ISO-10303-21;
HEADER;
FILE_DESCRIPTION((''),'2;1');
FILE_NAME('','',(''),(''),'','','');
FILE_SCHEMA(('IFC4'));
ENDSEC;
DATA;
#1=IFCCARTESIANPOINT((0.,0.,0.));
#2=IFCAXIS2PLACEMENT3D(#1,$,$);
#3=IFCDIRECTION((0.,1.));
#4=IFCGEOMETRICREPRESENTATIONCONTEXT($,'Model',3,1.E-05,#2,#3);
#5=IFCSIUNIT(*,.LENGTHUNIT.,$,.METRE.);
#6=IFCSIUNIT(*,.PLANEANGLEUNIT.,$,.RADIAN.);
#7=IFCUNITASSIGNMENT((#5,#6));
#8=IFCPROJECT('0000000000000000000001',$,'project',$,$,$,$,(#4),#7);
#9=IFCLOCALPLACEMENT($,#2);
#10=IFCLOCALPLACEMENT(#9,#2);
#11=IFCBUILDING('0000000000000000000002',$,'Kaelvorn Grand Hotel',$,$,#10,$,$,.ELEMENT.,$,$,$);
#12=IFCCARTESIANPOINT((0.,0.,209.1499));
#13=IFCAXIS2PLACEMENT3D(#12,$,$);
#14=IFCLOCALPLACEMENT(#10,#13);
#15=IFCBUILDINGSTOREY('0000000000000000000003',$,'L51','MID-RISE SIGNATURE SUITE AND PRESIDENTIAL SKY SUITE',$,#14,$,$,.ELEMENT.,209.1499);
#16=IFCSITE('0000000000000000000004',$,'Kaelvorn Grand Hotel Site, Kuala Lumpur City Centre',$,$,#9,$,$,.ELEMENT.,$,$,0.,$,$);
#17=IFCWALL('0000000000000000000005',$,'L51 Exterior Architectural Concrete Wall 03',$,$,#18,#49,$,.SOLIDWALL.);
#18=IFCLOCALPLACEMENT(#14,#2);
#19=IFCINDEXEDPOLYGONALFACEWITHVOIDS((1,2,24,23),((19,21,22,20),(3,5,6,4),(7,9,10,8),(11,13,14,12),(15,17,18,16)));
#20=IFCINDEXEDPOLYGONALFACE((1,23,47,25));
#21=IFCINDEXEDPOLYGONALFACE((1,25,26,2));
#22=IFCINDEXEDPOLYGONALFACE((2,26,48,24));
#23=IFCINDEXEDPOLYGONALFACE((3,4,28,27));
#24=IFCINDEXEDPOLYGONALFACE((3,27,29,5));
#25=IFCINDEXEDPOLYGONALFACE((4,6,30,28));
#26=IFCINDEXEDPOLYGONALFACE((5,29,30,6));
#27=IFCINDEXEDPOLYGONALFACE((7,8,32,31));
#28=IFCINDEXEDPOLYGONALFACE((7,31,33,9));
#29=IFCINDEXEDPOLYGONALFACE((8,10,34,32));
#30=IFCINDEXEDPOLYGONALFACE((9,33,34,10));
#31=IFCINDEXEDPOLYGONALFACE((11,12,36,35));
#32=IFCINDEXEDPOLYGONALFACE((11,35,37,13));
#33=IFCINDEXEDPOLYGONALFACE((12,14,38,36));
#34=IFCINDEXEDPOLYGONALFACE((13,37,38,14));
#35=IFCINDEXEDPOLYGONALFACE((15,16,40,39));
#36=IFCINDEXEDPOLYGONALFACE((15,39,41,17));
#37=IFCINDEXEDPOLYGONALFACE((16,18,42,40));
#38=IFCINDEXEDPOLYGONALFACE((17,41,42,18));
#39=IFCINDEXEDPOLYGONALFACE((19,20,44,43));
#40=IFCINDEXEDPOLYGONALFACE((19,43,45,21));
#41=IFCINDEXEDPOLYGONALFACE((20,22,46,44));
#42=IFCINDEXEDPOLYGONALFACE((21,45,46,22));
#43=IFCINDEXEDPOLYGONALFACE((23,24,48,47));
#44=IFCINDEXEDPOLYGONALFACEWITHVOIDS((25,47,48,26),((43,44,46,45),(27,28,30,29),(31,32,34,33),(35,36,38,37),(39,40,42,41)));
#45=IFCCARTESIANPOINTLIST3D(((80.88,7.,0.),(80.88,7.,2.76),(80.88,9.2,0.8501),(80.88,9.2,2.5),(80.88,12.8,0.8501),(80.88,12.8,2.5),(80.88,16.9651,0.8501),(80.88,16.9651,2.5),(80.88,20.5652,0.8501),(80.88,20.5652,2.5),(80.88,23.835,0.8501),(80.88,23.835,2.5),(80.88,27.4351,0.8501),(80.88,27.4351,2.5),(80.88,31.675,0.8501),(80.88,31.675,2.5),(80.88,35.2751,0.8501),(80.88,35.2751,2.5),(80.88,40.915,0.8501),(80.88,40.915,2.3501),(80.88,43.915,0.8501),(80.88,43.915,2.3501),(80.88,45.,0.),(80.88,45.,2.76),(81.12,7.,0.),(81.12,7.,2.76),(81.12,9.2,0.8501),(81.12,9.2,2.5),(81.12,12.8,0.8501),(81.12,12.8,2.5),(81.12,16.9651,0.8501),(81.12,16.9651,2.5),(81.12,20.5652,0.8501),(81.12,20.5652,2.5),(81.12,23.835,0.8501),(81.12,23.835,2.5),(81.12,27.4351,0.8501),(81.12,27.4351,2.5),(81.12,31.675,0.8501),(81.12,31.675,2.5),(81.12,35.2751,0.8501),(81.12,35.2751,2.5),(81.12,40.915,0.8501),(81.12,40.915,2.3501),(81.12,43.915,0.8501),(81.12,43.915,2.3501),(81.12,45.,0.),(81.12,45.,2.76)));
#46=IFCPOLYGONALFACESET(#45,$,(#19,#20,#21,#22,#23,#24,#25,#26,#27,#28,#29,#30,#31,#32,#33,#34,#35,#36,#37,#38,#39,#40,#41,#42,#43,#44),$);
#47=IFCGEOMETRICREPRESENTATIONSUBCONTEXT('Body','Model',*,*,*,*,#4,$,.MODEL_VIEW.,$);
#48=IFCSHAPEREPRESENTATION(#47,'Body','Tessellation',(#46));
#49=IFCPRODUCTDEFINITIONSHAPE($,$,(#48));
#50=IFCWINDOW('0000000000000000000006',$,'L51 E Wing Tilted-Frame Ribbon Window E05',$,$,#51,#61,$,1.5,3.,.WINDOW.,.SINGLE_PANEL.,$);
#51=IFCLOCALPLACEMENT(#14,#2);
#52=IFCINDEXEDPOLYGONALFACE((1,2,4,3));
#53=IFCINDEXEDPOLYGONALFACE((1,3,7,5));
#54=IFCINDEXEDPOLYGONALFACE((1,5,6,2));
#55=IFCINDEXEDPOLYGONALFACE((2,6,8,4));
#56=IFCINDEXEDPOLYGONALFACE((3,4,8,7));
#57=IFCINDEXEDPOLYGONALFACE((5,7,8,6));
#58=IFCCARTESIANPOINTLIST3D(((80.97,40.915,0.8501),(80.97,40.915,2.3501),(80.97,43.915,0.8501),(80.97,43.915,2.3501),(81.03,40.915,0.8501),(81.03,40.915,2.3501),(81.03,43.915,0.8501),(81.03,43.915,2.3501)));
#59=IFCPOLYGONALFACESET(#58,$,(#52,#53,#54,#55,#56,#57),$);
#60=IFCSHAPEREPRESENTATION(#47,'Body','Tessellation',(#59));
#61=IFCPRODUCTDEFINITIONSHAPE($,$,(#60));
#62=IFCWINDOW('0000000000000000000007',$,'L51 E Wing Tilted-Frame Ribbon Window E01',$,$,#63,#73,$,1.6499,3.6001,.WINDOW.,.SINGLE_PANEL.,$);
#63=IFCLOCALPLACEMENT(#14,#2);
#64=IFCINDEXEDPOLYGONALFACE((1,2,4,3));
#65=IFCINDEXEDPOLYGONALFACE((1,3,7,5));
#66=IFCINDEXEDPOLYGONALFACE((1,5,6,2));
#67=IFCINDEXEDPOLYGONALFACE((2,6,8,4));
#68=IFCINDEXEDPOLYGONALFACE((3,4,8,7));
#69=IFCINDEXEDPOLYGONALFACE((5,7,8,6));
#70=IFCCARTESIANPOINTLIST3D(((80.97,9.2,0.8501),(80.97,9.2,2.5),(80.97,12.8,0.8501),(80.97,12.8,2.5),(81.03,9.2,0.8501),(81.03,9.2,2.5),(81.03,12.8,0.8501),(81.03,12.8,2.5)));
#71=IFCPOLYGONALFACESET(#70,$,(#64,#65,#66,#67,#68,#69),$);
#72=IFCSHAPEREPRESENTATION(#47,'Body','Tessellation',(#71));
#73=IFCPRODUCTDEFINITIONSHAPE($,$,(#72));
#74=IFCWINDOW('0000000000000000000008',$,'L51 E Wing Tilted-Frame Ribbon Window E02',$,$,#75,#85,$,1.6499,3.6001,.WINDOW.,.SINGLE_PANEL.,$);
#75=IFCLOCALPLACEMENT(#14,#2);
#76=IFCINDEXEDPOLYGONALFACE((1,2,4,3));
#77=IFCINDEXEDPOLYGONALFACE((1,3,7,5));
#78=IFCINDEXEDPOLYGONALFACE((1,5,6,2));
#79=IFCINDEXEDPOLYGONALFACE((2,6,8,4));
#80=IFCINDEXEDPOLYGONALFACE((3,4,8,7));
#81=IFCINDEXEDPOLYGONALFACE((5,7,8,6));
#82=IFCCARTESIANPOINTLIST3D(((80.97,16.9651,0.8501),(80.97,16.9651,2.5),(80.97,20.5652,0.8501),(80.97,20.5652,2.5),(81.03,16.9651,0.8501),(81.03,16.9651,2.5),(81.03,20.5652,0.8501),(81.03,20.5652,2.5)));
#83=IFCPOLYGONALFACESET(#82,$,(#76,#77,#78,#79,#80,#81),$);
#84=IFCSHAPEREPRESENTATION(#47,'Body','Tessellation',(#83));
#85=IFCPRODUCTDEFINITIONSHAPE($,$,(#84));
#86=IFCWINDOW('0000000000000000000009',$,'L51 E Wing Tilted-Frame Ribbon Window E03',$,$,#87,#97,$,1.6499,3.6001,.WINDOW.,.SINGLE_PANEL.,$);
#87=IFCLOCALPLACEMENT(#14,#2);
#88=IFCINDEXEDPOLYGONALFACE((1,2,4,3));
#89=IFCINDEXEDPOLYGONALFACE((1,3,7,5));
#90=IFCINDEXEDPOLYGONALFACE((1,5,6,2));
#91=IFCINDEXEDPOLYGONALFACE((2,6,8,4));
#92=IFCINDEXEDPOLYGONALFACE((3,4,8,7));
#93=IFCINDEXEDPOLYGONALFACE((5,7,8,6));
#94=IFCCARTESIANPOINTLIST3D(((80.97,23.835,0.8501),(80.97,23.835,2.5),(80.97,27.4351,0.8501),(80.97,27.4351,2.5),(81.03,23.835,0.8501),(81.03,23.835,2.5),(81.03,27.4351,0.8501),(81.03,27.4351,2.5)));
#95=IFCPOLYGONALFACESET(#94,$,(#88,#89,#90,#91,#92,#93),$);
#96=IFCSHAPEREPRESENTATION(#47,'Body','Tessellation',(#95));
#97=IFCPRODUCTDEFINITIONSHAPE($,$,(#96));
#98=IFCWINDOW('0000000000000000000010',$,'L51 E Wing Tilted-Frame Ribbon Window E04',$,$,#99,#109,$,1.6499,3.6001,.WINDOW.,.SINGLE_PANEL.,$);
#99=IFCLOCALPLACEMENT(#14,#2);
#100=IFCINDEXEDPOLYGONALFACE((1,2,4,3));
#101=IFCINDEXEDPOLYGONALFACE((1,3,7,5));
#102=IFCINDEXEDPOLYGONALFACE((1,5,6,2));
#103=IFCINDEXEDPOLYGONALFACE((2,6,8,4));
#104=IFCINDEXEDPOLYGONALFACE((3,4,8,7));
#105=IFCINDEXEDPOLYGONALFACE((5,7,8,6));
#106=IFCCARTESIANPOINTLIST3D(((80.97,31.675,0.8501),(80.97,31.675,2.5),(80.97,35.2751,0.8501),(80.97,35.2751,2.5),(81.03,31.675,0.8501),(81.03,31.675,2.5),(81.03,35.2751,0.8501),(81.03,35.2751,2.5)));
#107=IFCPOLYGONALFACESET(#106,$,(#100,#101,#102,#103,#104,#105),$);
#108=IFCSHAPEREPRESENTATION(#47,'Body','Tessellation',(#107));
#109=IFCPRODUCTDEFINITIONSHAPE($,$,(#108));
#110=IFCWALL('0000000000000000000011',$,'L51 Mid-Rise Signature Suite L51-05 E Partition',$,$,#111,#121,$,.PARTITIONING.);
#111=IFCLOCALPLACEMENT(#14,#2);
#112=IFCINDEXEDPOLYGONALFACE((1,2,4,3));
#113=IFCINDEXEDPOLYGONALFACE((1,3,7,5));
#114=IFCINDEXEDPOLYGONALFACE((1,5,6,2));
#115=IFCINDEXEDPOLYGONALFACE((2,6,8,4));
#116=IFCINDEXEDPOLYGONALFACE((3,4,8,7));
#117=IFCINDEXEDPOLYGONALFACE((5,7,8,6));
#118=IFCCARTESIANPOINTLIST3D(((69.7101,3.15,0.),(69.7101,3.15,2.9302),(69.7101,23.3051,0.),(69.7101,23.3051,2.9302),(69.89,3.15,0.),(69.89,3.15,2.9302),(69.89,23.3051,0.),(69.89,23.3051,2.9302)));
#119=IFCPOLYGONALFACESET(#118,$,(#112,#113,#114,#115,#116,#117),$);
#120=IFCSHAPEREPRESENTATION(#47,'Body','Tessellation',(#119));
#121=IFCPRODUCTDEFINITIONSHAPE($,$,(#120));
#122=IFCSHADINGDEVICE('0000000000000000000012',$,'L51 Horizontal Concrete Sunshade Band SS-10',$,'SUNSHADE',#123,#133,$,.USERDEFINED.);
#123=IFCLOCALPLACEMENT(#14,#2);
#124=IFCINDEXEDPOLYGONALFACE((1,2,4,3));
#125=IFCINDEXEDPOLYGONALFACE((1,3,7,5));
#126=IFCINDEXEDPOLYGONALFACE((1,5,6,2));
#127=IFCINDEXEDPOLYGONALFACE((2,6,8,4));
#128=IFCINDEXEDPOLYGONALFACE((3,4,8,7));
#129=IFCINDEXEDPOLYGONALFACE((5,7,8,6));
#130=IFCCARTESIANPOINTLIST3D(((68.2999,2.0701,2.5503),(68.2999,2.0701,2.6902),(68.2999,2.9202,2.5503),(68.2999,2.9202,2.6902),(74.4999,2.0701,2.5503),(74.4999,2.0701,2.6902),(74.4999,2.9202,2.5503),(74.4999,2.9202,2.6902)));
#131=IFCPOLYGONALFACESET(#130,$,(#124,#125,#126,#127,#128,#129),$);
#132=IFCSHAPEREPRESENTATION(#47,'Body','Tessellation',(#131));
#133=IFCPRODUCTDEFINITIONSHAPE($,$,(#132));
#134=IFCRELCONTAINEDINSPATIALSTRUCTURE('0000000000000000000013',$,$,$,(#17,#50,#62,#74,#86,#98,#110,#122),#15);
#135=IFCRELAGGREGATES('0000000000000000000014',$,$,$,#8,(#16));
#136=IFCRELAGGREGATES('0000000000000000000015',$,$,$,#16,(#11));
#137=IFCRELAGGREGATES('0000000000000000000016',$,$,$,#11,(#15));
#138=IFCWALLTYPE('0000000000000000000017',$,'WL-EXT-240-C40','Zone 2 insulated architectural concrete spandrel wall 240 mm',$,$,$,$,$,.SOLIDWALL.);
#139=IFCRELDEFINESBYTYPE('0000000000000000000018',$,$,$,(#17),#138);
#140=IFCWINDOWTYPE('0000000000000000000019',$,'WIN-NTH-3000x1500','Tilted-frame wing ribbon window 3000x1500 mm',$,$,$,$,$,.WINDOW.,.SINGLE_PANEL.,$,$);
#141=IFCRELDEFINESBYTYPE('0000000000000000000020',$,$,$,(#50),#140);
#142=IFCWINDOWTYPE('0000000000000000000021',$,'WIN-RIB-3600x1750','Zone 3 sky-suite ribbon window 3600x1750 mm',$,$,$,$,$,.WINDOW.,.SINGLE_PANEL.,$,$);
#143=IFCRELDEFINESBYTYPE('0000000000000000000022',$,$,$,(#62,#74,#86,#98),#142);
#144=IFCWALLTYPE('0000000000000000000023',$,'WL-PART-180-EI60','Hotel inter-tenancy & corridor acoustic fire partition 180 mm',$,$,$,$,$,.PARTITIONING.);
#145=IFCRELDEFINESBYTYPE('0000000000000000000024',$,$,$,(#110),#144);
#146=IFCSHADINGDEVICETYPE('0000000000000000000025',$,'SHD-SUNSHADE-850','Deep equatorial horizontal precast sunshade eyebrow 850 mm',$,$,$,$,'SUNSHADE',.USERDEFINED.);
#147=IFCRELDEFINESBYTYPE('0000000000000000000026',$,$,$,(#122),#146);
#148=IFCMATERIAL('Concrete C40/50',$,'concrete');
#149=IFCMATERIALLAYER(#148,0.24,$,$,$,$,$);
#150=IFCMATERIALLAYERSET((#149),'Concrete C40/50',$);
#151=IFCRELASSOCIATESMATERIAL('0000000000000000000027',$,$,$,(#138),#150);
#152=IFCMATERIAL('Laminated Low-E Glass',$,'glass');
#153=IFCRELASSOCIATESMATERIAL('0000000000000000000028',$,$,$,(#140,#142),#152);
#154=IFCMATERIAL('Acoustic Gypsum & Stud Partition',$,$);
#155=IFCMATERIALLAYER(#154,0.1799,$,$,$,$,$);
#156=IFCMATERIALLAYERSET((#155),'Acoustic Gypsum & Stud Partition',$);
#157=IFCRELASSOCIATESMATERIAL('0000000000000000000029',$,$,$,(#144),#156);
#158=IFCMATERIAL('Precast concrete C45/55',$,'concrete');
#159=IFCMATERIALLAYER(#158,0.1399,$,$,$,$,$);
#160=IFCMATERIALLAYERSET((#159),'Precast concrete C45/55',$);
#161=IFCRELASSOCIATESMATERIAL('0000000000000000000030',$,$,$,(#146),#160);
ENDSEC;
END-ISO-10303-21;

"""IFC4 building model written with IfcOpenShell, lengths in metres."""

from ifc_helpers import new_model, si_unit, direction, frame, frame_2d, origin, origin_2d, place, context, subcontext, project, spatial, rectangle, extrude, material, layer, layer_set, type_object, element, fill, save


model = new_model("IFC4")

# Units and contexts
model_context = context("Model", 3, precision=1e-05, world=origin(), true_north=direction((0.0, 1.0)))
body_context = subcontext(model_context, "Body", "Model", "MODEL_VIEW")
ifc_project = project(units=[si_unit("LENGTHUNIT", "METRE"), si_unit("PLANEANGLEUNIT", "RADIAN")], contexts=[model_context])

# Site, building, storey
site_placement = place(None, origin())
site = spatial("IfcSite", under=ifc_project, at=site_placement, Name="Kaelvorn Grand Hotel Site, Kuala Lumpur City Centre", CompositionType="ELEMENT", RefElevation=0.0)
building_placement = place(site_placement, origin())
building = spatial("IfcBuilding", under=site, at=building_placement, Name="Kaelvorn Grand Hotel", CompositionType="ELEMENT")
storey_placement = place(building_placement, frame((0.0, 0.0, 209.1499)))
storey = spatial("IfcBuildingStorey", under=building, at=storey_placement, Name="L51", Description="MID-RISE SIGNATURE SUITE AND PRESIDENTIAL SKY SUITE", CompositionType="ELEMENT", Elevation=209.1499)

# Shared definitions
ifc_material_1 = material(Name="Concrete C40/50", Category="concrete")

# Shared definitions
ifc_material_2 = material(Name="Precast concrete C45/55", Category="concrete")

# Shared definitions
ifc_layer_1 = layer(ifc_material_1, 0.24)
ifc_layer_set_1 = layer_set([ifc_layer_1], Name="Concrete C40/50")
wall_type_1 = type_object("IfcWallType", Name="WL-EXT-240-C40", Description="Zone 2 insulated architectural concrete spandrel wall 240 mm", PredefinedType="SOLIDWALL", material=ifc_layer_set_1)
ifc_material_3 = material(Name="Laminated Low-E Glass", Category="glass")

# Wall, openings, windows
wall_1_placement = place(storey_placement, frame((81.0, 7.0, 0.0), z_axis=(0.0, 0.0, 1.0), x_axis=(0.0, 1.0, 0.0)))
wall_1 = element("IfcWall", 1, at=wall_1_placement, inside=storey, type_object=wall_type_1, Name="L51 Exterior Architectural Concrete Wall 03", PredefinedType="SOLIDWALL", context=body_context, shape_type="SweptSolid", body=[
    extrude(rectangle(XDim=38.0, YDim=0.24, at=frame_2d((19.0, 0.0))), origin(), (0.0, 0.0, 1.0), 2.76),
])
opening_1_placement = place(wall_1_placement, frame((2.2, 0.0, 0.8501)))
opening_1 = element("IfcOpeningElement", 2, at=opening_1_placement, cuts=wall_1, PredefinedType="OPENING", context=body_context, shape_type="SweptSolid", body=[
    extrude(rectangle(XDim=3.6001, YDim=1.6499, at=frame_2d((1.8, 0.825))), frame((0.0, 0.1299, 0.0), z_axis=(0.0, -1.0, 0.0), x_axis=(1.0, 0.0, 0.0)), (0.0, 0.0, 1.0), 0.26),
])
opening_2_placement = place(wall_1_placement, frame((9.9651, 0.0, 0.8501)))
opening_2 = element("IfcOpeningElement", 3, at=opening_2_placement, cuts=wall_1, PredefinedType="OPENING", context=body_context, shape_type="SweptSolid", body=[
    extrude(rectangle(XDim=3.6001, YDim=1.6499, at=frame_2d((1.8, 0.825))), frame((0.0, 0.1299, 0.0), z_axis=(0.0, -1.0, 0.0), x_axis=(1.0, 0.0, 0.0)), (0.0, 0.0, 1.0), 0.26),
])
opening_3_placement = place(wall_1_placement, frame((16.835, 0.0, 0.8501)))
opening_3 = element("IfcOpeningElement", 4, at=opening_3_placement, cuts=wall_1, PredefinedType="OPENING", context=body_context, shape_type="SweptSolid", body=[
    extrude(rectangle(XDim=3.6001, YDim=1.6499, at=frame_2d((1.8, 0.825))), frame((0.0, 0.1299, 0.0), z_axis=(0.0, -1.0, 0.0), x_axis=(1.0, 0.0, 0.0)), (0.0, 0.0, 1.0), 0.26),
])
opening_4_placement = place(wall_1_placement, frame((24.675, 0.0, 0.8501)))
opening_4 = element("IfcOpeningElement", 5, at=opening_4_placement, cuts=wall_1, PredefinedType="OPENING", context=body_context, shape_type="SweptSolid", body=[
    extrude(rectangle(XDim=3.6001, YDim=1.6499, at=frame_2d((1.8, 0.825))), frame((0.0, 0.1299, 0.0), z_axis=(0.0, -1.0, 0.0), x_axis=(1.0, 0.0, 0.0)), (0.0, 0.0, 1.0), 0.26),
])
opening_5_placement = place(wall_1_placement, frame((33.915, 0.0, 0.8501)))
opening_5 = element("IfcOpeningElement", 6, at=opening_5_placement, cuts=wall_1, PredefinedType="OPENING", context=body_context, shape_type="SweptSolid", body=[
    extrude(rectangle(XDim=3.0, YDim=1.5, at=frame_2d((1.5, 0.75))), frame((0.0, 0.1299, 0.0), z_axis=(0.0, -1.0, 0.0), x_axis=(1.0, 0.0, 0.0)), (0.0, 0.0, 1.0), 0.26),
])
window_type_1 = type_object("IfcWindowType", Name="WIN-NTH-3000x1500", Description="Tilted-frame wing ribbon window 3000x1500 mm", PartitioningType="SINGLE_PANEL", PredefinedType="WINDOW", material=ifc_material_3)
window_1_placement = place(opening_5_placement, origin())
window_1 = element("IfcWindow", 7, at=window_1_placement, inside=storey, type_object=window_type_1, Name="L51 E Wing Tilted-Frame Ribbon Window E05", OverallHeight=1.5, OverallWidth=3.0, PartitioningType="SINGLE_PANEL", PredefinedType="WINDOW", context=body_context, shape_type="SweptSolid", body=[
    extrude(rectangle(XDim=3.0, YDim=1.5, at=frame_2d((1.5, 0.75))), frame((0.0, 0.03, 0.0), z_axis=(0.0, -1.0, 0.0), x_axis=(1.0, 0.0, 0.0)), (0.0, 0.0, 1.0), 0.0601),
])
fill(opening_5, window_1)
window_type_2 = type_object("IfcWindowType", Name="WIN-RIB-3600x1750", Description="Zone 3 sky-suite ribbon window 3600x1750 mm", PartitioningType="SINGLE_PANEL", PredefinedType="WINDOW", material=ifc_material_3)
window_2_placement = place(opening_1_placement, origin())
window_2 = element("IfcWindow", 8, at=window_2_placement, inside=storey, type_object=window_type_2, Name="L51 E Wing Tilted-Frame Ribbon Window E01", OverallHeight=1.6499, OverallWidth=3.6001, PartitioningType="SINGLE_PANEL", PredefinedType="WINDOW", context=body_context, shape_type="SweptSolid", body=[
    extrude(rectangle(XDim=3.6001, YDim=1.6499, at=frame_2d((1.8, 0.825))), frame((0.0, 0.03, 0.0), z_axis=(0.0, -1.0, 0.0), x_axis=(1.0, 0.0, 0.0)), (0.0, 0.0, 1.0), 0.0601),
])
fill(opening_1, window_2)
window_3_placement = place(opening_2_placement, origin())
window_3 = element("IfcWindow", 9, at=window_3_placement, inside=storey, type_object=window_type_2, Name="L51 E Wing Tilted-Frame Ribbon Window E02", OverallHeight=1.6499, OverallWidth=3.6001, PartitioningType="SINGLE_PANEL", PredefinedType="WINDOW", context=body_context, shape_type="SweptSolid", body=[
    extrude(rectangle(XDim=3.6001, YDim=1.6499, at=frame_2d((1.8, 0.825))), frame((0.0, 0.03, 0.0), z_axis=(0.0, -1.0, 0.0), x_axis=(1.0, 0.0, 0.0)), (0.0, 0.0, 1.0), 0.0601),
])
fill(opening_2, window_3)
window_4_placement = place(opening_3_placement, origin())
window_4 = element("IfcWindow", 10, at=window_4_placement, inside=storey, type_object=window_type_2, Name="L51 E Wing Tilted-Frame Ribbon Window E03", OverallHeight=1.6499, OverallWidth=3.6001, PartitioningType="SINGLE_PANEL", PredefinedType="WINDOW", context=body_context, shape_type="SweptSolid", body=[
    extrude(rectangle(XDim=3.6001, YDim=1.6499, at=frame_2d((1.8, 0.825))), frame((0.0, 0.03, 0.0), z_axis=(0.0, -1.0, 0.0), x_axis=(1.0, 0.0, 0.0)), (0.0, 0.0, 1.0), 0.0601),
])
fill(opening_3, window_4)
window_5_placement = place(opening_4_placement, origin())
window_5 = element("IfcWindow", 11, at=window_5_placement, inside=storey, type_object=window_type_2, Name="L51 E Wing Tilted-Frame Ribbon Window E04", OverallHeight=1.6499, OverallWidth=3.6001, PartitioningType="SINGLE_PANEL", PredefinedType="WINDOW", context=body_context, shape_type="SweptSolid", body=[
    extrude(rectangle(XDim=3.6001, YDim=1.6499, at=frame_2d((1.8, 0.825))), frame((0.0, 0.03, 0.0), z_axis=(0.0, -1.0, 0.0), x_axis=(1.0, 0.0, 0.0)), (0.0, 0.0, 1.0), 0.0601),
])
fill(opening_4, window_5)

# Wall
ifc_material_4 = material(Name="Acoustic Gypsum & Stud Partition")
ifc_layer_2 = layer(ifc_material_4, 0.1799)
ifc_layer_set_2 = layer_set([ifc_layer_2], Name="Acoustic Gypsum & Stud Partition")
wall_type_2 = type_object("IfcWallType", Name="WL-PART-180-EI60", Description="Hotel inter-tenancy & corridor acoustic fire partition 180 mm", PredefinedType="PARTITIONING", material=ifc_layer_set_2)
wall_2_placement = place(storey_placement, frame((69.8, 3.1499, 0.0), z_axis=(0.0, 0.0, 1.0), x_axis=(0.0, 1.0, 0.0)))
element("IfcWall", 12, at=wall_2_placement, inside=storey, type_object=wall_type_2, Name="L51 Mid-Rise Signature Suite L51-05 E Partition", PredefinedType="PARTITIONING", context=body_context, shape_type="SweptSolid", body=[
    extrude(rectangle(XDim=20.155, YDim=0.1799, at=frame_2d((10.0776, 0.0))), origin(), (0.0, 0.0, 1.0), 2.9302),
])

# Shading device
ifc_layer_3 = layer(ifc_material_2, 0.1399)
ifc_layer_set_3 = layer_set([ifc_layer_3], Name="Precast concrete C45/55")
shading_device_type = type_object("IfcShadingDeviceType", Name="SHD-SUNSHADE-850", Description="Deep equatorial horizontal precast sunshade eyebrow 850 mm", ElementType="SUNSHADE", PredefinedType="USERDEFINED", material=ifc_layer_set_3)
shading_device_placement = place(storey_placement, frame((71.3999, 2.4951, 2.5503), z_axis=(0.0, 0.0, 1.0), x_axis=(1.0, 0.0, 0.0)))
element("IfcShadingDevice", 13, at=shading_device_placement, inside=storey, type_object=shading_device_type, Name="L51 Horizontal Concrete Sunshade Band SS-10", ObjectType="SUNSHADE", PredefinedType="USERDEFINED", context=body_context, shape_type="SweptSolid", body=[
    extrude(rectangle(XDim=6.2, YDim=0.8501, at=origin_2d()), origin(), (0.0, 0.0, 1.0), 0.1399),
])

save(model, "model.ifc")
